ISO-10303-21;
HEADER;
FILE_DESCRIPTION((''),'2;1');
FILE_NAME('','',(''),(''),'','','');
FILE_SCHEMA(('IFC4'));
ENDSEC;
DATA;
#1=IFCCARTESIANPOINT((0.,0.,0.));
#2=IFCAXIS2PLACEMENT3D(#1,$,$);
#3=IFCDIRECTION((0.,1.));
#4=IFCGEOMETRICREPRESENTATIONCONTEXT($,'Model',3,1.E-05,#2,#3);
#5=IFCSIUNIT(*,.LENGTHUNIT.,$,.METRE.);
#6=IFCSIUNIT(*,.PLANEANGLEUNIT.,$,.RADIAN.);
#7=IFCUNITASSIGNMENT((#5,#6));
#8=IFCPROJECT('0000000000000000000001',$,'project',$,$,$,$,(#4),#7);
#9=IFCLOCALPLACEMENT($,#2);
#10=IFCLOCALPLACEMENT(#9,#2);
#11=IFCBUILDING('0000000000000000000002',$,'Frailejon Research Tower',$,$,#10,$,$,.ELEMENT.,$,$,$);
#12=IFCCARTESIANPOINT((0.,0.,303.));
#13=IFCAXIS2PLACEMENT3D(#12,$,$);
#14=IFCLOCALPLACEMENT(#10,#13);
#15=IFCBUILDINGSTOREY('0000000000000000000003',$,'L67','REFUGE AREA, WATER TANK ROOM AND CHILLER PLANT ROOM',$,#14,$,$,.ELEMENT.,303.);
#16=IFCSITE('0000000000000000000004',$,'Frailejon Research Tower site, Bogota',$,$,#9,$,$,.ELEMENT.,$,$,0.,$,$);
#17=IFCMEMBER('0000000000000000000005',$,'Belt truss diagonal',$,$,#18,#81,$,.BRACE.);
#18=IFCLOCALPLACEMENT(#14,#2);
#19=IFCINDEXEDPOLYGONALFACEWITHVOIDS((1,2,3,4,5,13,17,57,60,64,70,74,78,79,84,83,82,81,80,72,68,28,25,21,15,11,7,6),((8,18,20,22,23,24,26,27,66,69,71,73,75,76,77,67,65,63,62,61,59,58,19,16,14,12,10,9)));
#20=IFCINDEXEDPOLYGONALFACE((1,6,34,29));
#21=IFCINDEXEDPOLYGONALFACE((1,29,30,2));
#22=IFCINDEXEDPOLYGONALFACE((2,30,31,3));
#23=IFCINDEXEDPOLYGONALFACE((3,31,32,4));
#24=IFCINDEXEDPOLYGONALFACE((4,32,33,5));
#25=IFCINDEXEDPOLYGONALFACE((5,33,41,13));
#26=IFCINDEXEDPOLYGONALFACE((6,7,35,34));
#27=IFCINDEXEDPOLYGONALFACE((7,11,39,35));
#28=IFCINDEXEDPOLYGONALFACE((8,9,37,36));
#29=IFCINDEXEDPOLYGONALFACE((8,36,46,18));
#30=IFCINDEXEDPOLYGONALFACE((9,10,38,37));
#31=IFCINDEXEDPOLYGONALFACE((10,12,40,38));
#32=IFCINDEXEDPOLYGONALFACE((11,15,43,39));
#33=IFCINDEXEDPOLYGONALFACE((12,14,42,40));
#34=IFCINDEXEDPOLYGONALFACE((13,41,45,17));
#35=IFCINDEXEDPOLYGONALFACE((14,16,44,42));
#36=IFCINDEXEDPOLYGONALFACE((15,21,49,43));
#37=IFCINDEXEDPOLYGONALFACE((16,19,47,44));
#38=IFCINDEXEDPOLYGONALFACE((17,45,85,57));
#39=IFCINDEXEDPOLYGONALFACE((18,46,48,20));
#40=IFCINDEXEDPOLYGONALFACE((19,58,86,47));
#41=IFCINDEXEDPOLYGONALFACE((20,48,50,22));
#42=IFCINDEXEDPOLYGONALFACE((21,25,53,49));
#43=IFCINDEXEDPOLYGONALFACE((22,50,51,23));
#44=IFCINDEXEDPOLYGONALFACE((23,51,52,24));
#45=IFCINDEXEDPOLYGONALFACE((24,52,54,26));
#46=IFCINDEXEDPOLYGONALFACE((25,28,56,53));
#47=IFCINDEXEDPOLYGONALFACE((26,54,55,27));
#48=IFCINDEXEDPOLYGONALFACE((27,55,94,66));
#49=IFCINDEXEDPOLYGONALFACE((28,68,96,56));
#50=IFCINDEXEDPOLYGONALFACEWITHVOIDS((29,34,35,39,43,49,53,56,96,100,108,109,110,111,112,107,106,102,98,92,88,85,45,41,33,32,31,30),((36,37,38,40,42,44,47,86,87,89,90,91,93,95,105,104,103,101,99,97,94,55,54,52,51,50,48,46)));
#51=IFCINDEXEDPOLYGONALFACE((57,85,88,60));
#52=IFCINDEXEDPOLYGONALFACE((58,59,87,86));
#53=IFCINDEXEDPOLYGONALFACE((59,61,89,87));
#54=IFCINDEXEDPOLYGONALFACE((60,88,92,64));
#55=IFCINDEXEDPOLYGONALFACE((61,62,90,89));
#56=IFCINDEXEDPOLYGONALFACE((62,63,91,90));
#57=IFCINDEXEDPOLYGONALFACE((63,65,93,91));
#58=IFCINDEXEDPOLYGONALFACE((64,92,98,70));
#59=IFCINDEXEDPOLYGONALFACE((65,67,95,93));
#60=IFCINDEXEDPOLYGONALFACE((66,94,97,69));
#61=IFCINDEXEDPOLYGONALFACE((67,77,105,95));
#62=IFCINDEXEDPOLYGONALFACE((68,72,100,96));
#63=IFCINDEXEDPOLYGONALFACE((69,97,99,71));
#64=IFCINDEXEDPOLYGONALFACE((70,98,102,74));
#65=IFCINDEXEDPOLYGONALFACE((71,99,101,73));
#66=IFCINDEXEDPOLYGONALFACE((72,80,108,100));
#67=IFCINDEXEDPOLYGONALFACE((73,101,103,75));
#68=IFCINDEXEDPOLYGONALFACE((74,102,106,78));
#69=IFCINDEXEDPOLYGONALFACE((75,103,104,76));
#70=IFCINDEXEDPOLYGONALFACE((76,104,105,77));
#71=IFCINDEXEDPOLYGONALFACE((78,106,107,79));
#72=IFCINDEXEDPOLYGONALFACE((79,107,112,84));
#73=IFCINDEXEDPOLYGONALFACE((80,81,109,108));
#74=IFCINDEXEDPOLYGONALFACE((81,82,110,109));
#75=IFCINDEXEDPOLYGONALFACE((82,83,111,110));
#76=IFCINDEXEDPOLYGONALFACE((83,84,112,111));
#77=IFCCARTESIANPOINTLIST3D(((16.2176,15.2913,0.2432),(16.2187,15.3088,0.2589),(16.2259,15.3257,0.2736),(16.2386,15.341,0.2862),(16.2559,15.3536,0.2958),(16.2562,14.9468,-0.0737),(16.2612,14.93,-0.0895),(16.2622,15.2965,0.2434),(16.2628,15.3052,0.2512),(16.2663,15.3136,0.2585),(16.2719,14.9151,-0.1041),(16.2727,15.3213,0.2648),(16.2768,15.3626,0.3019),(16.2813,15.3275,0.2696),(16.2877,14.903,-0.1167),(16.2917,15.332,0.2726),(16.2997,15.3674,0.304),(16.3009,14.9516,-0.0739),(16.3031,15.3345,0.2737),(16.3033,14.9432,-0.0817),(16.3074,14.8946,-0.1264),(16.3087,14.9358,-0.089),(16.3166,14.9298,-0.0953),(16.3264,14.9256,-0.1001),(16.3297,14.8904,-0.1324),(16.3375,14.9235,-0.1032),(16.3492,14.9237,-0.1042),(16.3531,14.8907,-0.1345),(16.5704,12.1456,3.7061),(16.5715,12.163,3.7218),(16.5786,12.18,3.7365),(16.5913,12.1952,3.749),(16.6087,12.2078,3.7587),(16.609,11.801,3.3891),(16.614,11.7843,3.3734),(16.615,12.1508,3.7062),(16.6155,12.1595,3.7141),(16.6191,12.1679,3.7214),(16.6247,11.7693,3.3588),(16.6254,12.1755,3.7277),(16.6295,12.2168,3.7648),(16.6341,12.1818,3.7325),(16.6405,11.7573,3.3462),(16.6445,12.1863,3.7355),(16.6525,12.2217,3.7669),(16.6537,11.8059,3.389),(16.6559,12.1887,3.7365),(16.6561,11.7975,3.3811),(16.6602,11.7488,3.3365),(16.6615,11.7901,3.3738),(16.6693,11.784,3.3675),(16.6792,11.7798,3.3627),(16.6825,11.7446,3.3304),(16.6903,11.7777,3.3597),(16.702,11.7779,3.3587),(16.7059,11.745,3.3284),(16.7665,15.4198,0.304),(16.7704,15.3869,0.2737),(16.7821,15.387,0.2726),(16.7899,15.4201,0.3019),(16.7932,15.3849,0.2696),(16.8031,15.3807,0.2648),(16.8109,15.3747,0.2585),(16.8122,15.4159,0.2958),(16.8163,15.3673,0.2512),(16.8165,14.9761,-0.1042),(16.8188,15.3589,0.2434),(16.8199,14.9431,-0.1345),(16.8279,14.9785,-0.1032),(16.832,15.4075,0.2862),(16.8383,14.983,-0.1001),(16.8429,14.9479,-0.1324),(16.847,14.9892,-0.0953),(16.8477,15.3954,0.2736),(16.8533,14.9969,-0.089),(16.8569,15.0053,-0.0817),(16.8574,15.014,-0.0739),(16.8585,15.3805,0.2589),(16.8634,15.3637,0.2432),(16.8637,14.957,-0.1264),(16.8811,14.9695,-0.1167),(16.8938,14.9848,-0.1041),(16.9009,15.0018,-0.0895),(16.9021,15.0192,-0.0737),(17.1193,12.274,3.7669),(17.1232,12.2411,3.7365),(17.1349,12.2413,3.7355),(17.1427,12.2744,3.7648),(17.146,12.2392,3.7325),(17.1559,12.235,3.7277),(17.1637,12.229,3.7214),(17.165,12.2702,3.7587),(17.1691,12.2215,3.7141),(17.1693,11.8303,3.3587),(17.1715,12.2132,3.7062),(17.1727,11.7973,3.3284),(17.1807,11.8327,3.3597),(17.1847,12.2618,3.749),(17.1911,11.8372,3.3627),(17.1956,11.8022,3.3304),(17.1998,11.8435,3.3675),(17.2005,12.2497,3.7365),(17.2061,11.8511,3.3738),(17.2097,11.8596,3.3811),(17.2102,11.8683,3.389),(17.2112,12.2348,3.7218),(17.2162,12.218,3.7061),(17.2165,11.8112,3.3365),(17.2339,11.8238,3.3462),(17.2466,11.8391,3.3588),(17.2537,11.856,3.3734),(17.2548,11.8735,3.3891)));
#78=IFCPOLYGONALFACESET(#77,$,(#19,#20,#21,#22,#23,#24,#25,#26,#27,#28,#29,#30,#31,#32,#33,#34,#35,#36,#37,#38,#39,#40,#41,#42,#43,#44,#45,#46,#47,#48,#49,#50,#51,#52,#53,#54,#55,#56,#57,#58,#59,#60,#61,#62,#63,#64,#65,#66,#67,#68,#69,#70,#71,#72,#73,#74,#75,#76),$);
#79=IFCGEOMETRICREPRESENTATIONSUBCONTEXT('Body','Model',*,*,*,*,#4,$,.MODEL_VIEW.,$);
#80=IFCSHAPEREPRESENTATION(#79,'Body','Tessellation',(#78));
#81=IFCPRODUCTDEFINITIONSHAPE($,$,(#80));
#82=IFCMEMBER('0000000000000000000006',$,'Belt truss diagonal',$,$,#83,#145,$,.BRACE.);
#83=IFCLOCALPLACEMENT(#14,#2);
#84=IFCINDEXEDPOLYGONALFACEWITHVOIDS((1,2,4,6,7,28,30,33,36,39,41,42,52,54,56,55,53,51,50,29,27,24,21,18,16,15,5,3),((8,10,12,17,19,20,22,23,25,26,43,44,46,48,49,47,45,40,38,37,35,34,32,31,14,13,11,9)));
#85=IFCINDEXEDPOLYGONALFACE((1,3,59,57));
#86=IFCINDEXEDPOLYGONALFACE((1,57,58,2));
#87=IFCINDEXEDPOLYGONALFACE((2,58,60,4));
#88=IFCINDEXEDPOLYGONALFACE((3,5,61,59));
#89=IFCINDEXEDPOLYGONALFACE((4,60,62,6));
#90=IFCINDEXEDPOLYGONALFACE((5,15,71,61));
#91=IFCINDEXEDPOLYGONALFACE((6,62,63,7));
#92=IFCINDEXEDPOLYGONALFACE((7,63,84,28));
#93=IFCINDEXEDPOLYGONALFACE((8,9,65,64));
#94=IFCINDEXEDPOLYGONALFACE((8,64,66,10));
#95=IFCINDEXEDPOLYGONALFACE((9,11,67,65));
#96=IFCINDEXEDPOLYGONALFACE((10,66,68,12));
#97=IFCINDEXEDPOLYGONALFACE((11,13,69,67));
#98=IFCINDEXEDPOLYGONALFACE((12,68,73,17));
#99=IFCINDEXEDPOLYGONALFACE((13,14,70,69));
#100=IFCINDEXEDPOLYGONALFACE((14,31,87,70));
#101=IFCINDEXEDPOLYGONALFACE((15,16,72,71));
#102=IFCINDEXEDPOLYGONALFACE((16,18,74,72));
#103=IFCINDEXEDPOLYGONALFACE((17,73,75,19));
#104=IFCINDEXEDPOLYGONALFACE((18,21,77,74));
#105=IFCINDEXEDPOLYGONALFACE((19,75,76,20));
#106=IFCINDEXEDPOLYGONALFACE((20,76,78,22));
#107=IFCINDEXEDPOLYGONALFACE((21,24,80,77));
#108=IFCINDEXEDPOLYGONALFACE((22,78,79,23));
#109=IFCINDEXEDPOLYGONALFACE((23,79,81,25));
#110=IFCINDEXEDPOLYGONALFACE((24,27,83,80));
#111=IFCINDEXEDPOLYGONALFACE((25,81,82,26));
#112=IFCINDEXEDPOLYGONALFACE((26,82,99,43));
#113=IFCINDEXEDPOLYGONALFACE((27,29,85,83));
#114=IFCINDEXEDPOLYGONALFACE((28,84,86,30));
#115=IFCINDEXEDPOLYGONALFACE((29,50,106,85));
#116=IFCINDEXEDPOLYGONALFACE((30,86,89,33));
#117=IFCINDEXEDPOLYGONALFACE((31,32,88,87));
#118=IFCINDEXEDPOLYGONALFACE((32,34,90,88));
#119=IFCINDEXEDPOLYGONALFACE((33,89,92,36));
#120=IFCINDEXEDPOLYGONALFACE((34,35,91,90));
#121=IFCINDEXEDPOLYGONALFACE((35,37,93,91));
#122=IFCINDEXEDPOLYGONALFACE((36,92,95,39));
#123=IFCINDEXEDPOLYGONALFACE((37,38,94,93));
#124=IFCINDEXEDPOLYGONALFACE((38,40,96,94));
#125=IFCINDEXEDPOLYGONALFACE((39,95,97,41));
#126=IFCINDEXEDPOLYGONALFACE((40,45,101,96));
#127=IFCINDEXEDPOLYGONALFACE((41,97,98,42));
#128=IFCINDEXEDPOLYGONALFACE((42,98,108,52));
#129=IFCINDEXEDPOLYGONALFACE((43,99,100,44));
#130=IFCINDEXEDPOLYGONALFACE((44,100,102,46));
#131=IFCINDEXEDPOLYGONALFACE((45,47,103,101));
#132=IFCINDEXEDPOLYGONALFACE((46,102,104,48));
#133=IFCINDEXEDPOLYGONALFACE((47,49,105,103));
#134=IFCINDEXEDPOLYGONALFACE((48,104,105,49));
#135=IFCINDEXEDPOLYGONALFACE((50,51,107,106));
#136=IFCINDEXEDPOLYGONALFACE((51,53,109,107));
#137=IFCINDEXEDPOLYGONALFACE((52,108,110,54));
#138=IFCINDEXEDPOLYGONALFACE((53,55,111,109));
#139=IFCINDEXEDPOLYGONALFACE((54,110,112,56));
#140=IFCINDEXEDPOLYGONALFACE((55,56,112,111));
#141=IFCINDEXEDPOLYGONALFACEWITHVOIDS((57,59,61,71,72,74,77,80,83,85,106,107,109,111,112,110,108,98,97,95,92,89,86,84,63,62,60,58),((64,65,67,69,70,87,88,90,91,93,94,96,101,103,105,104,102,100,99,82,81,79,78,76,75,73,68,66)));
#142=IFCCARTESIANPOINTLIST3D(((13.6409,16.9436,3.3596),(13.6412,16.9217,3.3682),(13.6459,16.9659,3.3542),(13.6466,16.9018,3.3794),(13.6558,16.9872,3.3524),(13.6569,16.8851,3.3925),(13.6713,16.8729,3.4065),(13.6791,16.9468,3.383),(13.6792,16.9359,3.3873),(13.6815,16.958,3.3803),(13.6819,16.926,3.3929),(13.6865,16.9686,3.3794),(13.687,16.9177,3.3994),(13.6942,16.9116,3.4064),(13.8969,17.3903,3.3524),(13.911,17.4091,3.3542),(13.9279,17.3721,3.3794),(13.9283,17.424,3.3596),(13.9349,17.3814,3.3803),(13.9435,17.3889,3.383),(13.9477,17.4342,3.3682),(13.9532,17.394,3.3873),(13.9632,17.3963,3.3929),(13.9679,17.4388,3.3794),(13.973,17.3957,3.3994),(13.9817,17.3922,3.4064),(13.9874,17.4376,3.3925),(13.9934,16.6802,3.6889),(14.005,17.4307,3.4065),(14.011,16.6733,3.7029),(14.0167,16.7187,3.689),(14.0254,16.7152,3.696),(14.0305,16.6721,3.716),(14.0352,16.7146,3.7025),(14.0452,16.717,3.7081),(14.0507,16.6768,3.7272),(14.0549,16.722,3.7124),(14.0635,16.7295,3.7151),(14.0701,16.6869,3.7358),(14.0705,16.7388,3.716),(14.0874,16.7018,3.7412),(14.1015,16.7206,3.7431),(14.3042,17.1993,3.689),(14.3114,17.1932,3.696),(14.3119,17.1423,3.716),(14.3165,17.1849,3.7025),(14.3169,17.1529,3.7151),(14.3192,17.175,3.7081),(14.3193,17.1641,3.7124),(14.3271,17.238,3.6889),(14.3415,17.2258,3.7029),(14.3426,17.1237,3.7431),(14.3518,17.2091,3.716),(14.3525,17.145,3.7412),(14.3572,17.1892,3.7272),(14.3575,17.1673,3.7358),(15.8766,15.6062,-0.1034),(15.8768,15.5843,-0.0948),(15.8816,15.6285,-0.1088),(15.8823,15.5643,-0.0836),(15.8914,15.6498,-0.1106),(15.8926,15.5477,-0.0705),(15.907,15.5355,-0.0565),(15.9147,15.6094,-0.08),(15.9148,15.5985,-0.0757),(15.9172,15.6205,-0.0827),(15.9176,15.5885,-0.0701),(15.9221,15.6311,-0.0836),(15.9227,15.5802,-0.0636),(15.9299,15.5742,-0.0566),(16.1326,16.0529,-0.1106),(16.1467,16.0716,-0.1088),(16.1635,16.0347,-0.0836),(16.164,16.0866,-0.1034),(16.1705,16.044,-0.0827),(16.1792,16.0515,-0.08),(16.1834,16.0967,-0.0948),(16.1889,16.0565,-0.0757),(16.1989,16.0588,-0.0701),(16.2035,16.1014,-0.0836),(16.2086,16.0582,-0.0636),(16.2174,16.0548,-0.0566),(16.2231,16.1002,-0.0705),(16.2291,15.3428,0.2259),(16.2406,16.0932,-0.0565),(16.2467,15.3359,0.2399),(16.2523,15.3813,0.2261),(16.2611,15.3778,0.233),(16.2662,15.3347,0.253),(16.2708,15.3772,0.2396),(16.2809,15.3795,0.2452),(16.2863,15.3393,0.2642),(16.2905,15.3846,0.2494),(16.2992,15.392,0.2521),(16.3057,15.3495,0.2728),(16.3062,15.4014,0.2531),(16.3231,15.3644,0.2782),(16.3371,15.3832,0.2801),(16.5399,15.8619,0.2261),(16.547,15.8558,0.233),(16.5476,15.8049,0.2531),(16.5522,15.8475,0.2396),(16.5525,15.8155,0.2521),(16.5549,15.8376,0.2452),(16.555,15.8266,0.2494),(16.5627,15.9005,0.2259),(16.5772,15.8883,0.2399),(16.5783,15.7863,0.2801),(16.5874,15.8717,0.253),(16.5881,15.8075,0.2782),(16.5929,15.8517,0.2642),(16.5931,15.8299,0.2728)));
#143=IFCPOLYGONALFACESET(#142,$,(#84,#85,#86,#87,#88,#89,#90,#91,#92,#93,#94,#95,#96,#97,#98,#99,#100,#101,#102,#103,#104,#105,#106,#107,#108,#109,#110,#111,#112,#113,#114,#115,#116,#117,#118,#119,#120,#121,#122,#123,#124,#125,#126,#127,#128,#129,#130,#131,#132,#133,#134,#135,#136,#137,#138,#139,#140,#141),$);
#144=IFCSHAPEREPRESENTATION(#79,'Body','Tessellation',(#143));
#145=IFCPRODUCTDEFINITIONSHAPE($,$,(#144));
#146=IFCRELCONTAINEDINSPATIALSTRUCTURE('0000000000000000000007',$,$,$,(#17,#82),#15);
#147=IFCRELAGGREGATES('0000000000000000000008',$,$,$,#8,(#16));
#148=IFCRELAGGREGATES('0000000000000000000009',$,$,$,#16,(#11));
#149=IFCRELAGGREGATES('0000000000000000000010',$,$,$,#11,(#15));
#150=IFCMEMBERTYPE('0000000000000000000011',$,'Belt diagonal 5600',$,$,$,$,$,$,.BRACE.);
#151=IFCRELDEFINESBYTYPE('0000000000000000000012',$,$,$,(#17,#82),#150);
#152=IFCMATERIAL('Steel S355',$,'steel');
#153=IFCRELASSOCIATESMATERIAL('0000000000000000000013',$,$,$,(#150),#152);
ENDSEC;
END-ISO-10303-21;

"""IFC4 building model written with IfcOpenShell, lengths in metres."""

from ifc_helpers import new_model, si_unit, direction, frame, origin, origin_2d, place, context, subcontext, project, spatial, hollow_rectangle, extrude, material, material_profile, profile_set, type_object, element, save


model = new_model("IFC4")

# Units and contexts
model_context = context("Model", 3, precision=1e-05, world=origin(), true_north=direction((0.0, 1.0)))
body_context = subcontext(model_context, "Body", "Model", "MODEL_VIEW")
ifc_project = project(units=[si_unit("LENGTHUNIT", "METRE"), si_unit("PLANEANGLEUNIT", "RADIAN")], contexts=[model_context])

# Site, building, storey
site_placement = place(None, origin())
site = spatial("IfcSite", under=ifc_project, at=site_placement, Name="Frailejon Research Tower site, Bogota", CompositionType="ELEMENT", RefElevation=0.0)
building_placement = place(site_placement, origin())
building = spatial("IfcBuilding", under=site, at=building_placement, Name="Frailejon Research Tower", CompositionType="ELEMENT")
storey_placement = place(building_placement, frame((0.0, 0.0, 303.0)))
storey = spatial("IfcBuildingStorey", under=building, at=storey_placement, Name="L67", Description="REFUGE AREA, WATER TANK ROOM AND CHILLER PLANT ROOM", CompositionType="ELEMENT", Elevation=303.0)

# Members
ifc_material_1 = material(Name="Steel S355", Category="steel")
ifc_material_profile_1 = material_profile(ifc_material_1, hollow_rectangle(XDim=0.6499, YDim=0.6499, WallThickness=0.0449, InnerFilletRadius=0.0449, OuterFilletRadius=0.0901, at=origin_2d()), Name="Belt diagonal 5600")
ifc_profile_set_1 = profile_set([ifc_material_profile_1], Name="Steel S355")
member_type = type_object("IfcMemberType", Name="Belt diagonal 5600", PredefinedType="BRACE", material=ifc_profile_set_1)
member_1_placement = place(storey_placement, frame((16.9126, 12.0095, 3.5476), z_axis=(-0.075193, 0.670496, -0.738092), x_axis=(-0.99377, -0.111447, 0.0)))
element("IfcMember", 1, at=member_1_placement, inside=storey, type_object=member_type, Name="Belt truss diagonal", PredefinedType="BRACE", context=body_context, shape_type="SweptSolid", body=[
    extrude(hollow_rectangle(XDim=0.6499, YDim=0.6499, WallThickness=0.0449, InnerFilletRadius=0.0449, OuterFilletRadius=0.0901, at=origin_2d()), origin(), (0.0, 0.0, 1.0), 4.6917),
])
member_2_placement = place(storey_placement, frame((16.2349, 15.718, 0.0847), z_axis=(-0.515902, 0.308628, 0.799121), x_axis=(-0.513379, -0.858162, 0.0)))
element("IfcMember", 2, at=member_2_placement, inside=storey, type_object=member_type, Name="Belt truss diagonal", PredefinedType="BRACE", context=body_context, shape_type="SweptSolid", body=[
    extrude(hollow_rectangle(XDim=0.6499, YDim=0.6499, WallThickness=0.0449, InnerFilletRadius=0.0449, OuterFilletRadius=0.0901, at=origin_2d()), origin(), (0.0, 0.0, 1.0), 4.3335),
])

save(model, "model.ifc")
